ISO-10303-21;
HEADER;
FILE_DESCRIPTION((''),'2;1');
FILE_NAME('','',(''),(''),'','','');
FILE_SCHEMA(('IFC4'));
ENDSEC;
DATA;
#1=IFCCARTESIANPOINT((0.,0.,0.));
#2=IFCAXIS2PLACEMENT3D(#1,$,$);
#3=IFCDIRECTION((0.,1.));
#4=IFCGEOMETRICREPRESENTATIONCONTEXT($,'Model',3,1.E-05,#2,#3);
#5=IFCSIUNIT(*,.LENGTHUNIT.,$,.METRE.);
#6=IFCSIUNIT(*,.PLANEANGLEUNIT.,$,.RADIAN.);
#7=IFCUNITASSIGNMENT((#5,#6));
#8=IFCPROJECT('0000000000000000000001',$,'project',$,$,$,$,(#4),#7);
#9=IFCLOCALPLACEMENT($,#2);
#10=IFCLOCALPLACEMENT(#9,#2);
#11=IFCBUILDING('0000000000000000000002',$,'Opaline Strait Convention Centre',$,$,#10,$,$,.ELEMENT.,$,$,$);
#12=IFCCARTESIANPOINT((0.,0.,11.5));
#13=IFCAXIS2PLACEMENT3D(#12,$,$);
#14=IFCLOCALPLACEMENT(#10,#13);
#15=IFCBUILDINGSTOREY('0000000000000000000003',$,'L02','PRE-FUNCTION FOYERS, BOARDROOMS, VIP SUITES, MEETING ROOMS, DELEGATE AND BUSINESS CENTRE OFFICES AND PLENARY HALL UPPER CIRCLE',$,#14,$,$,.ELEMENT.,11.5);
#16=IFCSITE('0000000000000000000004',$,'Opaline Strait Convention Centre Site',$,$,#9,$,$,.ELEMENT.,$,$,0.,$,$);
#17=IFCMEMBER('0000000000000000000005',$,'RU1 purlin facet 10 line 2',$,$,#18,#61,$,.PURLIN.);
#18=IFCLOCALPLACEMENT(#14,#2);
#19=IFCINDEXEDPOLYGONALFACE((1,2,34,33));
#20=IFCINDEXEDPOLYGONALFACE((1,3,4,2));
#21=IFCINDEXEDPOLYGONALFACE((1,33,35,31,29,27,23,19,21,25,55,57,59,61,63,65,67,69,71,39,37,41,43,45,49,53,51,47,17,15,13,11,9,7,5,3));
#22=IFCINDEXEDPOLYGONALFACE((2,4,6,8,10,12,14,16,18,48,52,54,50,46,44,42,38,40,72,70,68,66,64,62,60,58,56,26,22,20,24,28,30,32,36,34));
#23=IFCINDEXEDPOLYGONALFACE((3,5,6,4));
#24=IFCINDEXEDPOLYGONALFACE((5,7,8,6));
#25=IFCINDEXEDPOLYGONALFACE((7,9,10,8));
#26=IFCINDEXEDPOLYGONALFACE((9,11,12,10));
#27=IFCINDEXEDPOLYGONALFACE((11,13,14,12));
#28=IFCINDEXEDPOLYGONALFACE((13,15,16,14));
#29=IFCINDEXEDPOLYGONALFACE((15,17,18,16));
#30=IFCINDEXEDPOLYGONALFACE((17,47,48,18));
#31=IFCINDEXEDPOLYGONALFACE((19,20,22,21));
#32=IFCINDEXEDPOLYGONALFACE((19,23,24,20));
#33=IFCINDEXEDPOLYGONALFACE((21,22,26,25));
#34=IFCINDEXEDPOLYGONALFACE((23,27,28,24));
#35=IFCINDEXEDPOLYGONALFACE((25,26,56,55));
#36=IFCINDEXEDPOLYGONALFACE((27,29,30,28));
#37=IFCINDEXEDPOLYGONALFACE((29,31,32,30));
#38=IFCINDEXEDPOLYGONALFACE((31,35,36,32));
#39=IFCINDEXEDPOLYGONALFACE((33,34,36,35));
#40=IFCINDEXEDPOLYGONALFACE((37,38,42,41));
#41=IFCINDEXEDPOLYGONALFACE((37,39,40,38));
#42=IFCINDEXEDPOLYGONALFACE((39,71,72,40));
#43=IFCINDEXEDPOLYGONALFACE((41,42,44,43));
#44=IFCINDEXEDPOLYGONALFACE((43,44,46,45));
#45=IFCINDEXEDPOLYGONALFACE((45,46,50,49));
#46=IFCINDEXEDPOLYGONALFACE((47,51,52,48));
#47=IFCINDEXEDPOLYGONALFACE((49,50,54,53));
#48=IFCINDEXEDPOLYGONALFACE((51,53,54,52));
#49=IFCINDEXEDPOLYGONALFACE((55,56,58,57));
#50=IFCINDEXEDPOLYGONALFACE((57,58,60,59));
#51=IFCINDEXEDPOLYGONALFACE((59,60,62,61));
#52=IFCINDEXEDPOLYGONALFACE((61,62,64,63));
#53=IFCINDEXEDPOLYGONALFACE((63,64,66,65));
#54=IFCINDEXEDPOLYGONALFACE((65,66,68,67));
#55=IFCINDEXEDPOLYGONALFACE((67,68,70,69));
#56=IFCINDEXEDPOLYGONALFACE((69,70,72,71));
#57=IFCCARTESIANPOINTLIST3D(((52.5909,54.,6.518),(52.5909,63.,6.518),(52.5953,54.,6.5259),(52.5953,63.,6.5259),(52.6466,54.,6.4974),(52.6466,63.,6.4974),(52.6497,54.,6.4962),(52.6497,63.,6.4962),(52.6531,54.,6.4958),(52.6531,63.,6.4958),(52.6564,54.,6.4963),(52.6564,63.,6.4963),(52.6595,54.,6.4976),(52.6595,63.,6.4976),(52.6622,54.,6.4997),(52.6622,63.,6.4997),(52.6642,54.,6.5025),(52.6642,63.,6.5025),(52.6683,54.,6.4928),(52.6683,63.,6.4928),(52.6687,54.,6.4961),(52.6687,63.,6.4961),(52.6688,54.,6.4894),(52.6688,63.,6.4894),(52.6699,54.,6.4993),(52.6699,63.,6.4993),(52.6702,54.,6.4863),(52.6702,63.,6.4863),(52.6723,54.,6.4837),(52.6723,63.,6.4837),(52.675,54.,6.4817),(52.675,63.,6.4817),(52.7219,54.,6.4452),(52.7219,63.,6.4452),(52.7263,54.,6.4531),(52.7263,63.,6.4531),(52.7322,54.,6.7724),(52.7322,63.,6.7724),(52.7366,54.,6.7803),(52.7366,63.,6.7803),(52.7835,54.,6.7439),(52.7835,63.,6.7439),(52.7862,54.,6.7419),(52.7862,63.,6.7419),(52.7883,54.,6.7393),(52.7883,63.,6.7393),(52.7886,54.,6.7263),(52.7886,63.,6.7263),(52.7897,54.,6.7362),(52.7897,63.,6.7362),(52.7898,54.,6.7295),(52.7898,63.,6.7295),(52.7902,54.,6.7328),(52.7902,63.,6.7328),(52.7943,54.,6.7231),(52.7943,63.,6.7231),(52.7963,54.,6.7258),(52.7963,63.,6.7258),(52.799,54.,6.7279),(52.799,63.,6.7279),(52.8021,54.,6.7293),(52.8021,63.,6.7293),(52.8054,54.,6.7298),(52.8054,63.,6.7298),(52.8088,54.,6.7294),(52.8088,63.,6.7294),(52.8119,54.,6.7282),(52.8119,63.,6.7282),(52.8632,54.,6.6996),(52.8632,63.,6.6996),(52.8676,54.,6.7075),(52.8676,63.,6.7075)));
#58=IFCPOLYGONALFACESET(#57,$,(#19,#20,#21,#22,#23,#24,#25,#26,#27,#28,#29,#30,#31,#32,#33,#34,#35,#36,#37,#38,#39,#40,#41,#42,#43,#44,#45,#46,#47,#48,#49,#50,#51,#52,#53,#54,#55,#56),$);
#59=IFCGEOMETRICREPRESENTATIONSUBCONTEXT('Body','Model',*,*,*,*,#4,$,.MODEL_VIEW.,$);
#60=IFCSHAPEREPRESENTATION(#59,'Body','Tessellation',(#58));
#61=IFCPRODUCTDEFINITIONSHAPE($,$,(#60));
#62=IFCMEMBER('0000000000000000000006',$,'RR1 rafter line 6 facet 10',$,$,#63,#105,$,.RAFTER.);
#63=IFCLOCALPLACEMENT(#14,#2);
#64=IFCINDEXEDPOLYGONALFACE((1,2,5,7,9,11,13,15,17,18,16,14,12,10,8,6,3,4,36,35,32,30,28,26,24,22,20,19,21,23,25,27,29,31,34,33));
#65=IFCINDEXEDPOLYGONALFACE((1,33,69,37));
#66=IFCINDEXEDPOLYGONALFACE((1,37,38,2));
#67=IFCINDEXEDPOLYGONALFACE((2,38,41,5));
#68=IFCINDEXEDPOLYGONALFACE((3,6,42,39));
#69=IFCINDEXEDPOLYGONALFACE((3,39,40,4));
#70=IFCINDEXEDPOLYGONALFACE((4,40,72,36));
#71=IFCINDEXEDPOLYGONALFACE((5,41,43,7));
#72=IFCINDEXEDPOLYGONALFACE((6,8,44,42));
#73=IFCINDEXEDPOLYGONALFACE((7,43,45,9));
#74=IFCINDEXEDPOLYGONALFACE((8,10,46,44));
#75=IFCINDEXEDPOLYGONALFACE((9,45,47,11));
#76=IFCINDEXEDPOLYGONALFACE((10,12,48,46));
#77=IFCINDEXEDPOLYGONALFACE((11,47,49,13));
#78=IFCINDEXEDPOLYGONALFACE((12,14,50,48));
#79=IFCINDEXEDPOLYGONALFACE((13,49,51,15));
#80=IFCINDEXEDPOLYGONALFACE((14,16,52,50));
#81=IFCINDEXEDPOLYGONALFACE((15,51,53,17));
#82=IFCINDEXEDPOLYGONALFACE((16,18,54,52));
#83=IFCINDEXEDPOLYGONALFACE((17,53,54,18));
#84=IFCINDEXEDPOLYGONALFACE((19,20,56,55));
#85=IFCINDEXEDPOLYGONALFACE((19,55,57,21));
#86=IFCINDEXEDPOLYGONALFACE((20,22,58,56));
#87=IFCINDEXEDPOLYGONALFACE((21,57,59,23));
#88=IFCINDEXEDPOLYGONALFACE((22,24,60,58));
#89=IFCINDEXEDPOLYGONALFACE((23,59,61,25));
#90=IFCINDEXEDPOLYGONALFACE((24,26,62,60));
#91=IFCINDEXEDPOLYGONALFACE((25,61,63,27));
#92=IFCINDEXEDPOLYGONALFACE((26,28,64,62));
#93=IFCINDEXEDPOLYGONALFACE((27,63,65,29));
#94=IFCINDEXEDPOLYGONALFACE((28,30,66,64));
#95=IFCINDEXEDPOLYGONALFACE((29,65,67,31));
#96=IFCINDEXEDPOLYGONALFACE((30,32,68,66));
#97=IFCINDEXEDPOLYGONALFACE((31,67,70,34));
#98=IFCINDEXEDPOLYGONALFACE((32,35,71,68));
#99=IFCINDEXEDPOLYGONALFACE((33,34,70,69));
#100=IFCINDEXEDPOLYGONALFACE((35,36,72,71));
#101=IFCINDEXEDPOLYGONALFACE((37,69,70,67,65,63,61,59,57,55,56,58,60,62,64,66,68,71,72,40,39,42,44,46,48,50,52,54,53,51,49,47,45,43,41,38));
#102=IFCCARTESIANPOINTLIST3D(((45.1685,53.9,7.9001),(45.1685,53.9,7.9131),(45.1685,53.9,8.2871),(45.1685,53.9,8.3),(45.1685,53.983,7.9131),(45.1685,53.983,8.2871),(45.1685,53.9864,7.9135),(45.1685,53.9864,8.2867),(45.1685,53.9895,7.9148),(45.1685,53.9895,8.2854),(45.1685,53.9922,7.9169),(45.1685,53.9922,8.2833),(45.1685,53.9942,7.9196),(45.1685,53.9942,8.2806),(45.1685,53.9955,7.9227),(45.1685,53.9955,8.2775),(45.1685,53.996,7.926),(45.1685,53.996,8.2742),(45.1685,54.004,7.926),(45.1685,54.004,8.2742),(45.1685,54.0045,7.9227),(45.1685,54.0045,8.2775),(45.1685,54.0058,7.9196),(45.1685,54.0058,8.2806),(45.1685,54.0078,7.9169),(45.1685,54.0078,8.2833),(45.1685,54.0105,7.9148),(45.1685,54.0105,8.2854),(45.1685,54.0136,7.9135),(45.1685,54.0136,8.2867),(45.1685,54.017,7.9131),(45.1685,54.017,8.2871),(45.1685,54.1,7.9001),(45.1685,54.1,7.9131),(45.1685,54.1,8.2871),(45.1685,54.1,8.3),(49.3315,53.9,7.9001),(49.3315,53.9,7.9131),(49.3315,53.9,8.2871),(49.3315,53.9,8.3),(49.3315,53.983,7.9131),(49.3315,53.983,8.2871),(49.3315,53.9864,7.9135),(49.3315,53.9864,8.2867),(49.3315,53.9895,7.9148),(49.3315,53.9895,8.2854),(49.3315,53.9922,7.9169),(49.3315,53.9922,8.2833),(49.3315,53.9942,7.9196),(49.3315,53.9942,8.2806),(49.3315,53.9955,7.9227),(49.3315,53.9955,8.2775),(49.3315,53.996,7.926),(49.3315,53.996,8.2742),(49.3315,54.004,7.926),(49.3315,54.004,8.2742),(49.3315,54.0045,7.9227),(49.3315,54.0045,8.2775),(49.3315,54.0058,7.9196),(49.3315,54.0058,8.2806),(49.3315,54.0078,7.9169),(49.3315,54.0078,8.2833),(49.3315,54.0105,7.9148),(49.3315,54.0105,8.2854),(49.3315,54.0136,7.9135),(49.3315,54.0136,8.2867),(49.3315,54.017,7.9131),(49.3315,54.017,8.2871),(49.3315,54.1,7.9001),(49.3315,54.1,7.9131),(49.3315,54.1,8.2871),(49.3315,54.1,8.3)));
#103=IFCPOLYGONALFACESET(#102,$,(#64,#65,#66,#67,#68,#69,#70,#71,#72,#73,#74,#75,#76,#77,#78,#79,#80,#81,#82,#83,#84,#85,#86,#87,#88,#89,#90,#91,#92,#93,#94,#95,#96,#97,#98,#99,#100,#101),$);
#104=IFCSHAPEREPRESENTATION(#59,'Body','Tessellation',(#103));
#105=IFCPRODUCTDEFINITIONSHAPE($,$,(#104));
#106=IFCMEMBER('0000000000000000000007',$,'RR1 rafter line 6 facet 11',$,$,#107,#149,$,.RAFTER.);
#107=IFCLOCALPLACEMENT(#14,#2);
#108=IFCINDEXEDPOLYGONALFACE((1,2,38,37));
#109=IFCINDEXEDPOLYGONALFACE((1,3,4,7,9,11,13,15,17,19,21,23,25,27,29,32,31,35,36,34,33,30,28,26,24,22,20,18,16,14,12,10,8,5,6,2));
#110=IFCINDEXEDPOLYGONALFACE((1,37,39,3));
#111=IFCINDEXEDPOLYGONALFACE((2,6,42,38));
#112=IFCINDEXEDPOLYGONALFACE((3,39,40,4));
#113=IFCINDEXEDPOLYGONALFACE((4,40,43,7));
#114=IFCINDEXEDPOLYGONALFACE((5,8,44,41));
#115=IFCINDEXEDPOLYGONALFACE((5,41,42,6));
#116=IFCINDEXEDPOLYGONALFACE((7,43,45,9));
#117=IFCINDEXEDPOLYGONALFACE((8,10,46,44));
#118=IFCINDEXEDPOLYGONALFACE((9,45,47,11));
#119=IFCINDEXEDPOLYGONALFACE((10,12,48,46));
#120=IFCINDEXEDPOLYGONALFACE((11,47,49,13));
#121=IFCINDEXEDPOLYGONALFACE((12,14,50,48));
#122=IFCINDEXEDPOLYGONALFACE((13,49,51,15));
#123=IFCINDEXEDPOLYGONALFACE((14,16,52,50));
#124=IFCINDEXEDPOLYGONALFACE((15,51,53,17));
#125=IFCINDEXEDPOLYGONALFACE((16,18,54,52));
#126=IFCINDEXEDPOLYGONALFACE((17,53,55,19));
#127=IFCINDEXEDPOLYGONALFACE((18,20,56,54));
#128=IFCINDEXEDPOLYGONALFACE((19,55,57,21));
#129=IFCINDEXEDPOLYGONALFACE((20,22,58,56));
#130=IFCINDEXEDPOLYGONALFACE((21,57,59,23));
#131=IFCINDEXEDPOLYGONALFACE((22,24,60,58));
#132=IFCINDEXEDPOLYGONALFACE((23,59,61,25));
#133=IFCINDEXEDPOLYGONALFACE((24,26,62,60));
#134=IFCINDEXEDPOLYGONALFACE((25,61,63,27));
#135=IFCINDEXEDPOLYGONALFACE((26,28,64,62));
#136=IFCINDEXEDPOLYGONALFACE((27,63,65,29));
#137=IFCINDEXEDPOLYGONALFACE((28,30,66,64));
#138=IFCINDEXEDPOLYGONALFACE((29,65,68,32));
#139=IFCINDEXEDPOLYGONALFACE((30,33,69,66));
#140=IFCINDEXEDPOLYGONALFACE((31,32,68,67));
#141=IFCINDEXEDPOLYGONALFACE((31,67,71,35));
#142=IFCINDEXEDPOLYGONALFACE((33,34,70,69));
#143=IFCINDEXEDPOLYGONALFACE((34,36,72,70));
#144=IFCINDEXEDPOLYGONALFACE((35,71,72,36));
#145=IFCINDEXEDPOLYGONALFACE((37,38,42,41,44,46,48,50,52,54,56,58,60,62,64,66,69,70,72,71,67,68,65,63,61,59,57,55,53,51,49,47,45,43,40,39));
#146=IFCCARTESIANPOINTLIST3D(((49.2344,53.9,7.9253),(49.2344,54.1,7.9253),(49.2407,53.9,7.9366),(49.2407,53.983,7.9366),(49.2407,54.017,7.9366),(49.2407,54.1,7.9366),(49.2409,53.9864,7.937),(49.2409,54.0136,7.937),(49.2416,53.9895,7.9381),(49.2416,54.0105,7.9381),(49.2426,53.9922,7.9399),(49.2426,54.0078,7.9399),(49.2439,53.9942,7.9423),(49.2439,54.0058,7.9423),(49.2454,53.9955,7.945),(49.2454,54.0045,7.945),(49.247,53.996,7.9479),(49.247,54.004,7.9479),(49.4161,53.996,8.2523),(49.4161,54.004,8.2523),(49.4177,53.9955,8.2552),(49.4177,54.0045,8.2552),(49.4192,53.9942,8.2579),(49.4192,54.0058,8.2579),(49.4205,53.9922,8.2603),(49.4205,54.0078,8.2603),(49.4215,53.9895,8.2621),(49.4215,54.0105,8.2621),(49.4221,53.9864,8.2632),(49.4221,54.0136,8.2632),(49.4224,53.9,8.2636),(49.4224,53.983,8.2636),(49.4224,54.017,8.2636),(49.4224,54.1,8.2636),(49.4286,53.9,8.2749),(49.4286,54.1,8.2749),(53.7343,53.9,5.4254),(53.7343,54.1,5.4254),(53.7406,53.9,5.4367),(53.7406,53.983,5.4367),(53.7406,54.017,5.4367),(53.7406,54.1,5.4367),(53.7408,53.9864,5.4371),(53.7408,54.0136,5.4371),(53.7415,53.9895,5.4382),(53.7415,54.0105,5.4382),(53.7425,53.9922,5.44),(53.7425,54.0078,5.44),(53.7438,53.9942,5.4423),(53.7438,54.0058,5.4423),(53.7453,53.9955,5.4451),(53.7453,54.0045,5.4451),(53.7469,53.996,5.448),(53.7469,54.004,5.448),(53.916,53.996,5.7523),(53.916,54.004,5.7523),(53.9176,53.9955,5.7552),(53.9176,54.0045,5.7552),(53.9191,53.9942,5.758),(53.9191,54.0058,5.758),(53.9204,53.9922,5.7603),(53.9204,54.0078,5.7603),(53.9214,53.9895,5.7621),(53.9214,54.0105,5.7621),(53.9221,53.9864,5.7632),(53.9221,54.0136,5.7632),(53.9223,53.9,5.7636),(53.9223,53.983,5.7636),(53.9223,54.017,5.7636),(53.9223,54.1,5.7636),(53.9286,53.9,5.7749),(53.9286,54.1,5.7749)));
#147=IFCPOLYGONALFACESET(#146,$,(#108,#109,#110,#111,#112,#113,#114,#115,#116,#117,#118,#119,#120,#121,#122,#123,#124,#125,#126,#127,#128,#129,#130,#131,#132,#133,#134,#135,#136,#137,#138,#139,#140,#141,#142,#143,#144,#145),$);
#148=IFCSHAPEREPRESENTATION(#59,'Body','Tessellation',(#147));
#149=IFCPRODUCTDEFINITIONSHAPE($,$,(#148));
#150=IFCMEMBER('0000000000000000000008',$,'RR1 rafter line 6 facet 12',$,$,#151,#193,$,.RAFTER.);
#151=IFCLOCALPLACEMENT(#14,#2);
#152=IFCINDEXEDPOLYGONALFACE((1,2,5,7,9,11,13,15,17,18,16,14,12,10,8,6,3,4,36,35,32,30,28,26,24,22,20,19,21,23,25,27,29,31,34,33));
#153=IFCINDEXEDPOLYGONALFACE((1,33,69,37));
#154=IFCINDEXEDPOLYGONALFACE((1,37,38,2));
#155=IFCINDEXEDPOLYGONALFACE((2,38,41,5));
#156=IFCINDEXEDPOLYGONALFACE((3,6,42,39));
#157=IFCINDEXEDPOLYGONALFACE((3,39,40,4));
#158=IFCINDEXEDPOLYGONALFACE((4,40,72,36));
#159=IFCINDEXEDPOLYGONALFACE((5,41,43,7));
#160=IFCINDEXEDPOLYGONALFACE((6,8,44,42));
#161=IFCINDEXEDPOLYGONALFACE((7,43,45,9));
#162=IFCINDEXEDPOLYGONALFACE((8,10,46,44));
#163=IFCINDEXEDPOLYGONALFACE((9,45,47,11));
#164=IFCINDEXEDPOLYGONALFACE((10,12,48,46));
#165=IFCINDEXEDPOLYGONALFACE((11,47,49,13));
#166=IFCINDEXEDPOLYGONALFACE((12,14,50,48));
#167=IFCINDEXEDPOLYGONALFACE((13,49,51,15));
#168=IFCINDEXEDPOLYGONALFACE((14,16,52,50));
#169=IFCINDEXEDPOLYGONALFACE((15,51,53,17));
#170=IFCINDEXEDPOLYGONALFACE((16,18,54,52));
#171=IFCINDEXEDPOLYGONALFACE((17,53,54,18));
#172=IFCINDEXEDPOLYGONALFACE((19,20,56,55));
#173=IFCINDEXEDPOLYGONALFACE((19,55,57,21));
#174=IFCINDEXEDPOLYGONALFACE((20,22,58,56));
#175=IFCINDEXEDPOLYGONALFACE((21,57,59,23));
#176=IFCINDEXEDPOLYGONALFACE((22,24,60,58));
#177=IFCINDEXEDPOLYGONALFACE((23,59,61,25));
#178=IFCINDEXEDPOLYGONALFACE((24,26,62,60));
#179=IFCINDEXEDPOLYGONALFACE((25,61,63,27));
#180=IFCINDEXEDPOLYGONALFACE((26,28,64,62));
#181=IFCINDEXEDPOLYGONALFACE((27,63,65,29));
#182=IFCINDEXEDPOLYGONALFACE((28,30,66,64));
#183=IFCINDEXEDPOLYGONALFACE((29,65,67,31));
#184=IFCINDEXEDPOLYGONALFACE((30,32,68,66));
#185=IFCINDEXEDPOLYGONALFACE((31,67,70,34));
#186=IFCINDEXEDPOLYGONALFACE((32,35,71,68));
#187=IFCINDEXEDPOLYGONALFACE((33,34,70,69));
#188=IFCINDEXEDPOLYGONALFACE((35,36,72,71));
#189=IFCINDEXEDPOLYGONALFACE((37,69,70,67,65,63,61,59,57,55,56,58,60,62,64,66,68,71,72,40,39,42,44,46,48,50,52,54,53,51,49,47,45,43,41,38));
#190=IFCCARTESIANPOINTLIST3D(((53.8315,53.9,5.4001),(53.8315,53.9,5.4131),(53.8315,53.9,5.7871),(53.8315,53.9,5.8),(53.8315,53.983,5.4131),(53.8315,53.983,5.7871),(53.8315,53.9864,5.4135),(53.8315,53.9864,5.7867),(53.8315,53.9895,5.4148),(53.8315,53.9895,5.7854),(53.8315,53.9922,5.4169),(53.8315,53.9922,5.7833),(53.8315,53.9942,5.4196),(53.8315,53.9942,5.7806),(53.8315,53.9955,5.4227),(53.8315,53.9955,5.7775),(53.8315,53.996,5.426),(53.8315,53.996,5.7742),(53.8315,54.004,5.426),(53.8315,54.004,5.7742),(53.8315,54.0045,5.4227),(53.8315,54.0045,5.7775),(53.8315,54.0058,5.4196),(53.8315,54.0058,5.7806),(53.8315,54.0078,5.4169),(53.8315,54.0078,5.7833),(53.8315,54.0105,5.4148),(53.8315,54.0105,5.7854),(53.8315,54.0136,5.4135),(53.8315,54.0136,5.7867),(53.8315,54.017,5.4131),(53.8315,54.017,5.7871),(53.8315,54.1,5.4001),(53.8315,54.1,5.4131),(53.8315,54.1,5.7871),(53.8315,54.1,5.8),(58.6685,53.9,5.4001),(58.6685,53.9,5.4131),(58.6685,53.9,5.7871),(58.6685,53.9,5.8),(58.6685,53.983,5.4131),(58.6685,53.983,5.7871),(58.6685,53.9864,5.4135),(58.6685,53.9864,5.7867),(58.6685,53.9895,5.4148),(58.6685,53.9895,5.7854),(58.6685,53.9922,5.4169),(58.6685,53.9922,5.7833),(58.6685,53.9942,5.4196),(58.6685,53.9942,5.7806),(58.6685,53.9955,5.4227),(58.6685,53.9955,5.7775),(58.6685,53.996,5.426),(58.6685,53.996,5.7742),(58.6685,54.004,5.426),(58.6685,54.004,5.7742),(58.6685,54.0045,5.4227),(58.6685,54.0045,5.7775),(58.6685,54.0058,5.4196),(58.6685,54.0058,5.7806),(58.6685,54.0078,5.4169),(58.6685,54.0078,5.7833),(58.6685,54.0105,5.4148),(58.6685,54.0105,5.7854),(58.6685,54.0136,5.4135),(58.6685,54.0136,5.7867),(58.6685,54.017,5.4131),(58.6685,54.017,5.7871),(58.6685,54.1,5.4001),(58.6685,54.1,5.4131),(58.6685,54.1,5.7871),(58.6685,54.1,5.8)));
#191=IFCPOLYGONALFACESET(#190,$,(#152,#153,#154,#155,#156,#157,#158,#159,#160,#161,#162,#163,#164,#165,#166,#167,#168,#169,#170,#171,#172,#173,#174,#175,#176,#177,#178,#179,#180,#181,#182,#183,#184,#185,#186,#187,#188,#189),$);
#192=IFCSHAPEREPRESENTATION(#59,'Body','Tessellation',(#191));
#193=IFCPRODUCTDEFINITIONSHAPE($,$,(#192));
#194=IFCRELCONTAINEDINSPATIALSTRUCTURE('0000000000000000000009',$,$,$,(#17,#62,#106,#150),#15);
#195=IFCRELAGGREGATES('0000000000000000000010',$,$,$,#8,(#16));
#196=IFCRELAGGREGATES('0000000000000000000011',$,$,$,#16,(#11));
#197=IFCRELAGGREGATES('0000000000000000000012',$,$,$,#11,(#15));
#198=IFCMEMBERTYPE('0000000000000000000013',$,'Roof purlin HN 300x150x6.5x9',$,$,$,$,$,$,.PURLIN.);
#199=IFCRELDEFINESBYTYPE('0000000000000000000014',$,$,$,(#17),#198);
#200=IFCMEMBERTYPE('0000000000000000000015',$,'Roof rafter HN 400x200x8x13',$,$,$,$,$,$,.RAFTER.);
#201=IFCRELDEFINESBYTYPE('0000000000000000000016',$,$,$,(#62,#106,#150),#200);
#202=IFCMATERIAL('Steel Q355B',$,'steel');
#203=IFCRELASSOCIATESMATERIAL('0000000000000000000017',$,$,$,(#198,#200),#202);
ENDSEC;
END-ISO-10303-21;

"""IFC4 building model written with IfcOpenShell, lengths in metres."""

from ifc_helpers import new_model, si_unit, direction, frame, origin, origin_2d, place, context, subcontext, project, spatial, i_section, extrude, material, material_profile, profile_set, type_object, element, save


model = new_model("IFC4")

# Units and contexts
model_context = context("Model", 3, precision=1e-05, world=origin(), true_north=direction((0.0, 1.0)))
body_context = subcontext(model_context, "Body", "Model", "MODEL_VIEW")
ifc_project = project(units=[si_unit("LENGTHUNIT", "METRE"), si_unit("PLANEANGLEUNIT", "RADIAN")], contexts=[model_context])

# Site, building, storey
site_placement = place(None, origin())
site = spatial("IfcSite", under=ifc_project, at=site_placement, Name="Opaline Strait Convention Centre Site", CompositionType="ELEMENT", RefElevation=0.0)
building_placement = place(site_placement, origin())
building = spatial("IfcBuilding", under=site, at=building_placement, Name="Opaline Strait Convention Centre", CompositionType="ELEMENT")
storey_placement = place(building_placement, frame((0.0, 0.0, 11.5)))
storey = spatial("IfcBuildingStorey", under=building, at=storey_placement, Name="L02", Description="PRE-FUNCTION FOYERS, BOARDROOMS, VIP SUITES, MEETING ROOMS, DELEGATE AND BUSINESS CENTRE OFFICES AND PLENARY HALL UPPER CIRCLE", CompositionType="ELEMENT", Elevation=11.5)

# Shared definitions
ifc_material_1 = material(Name="Steel Q355B", Category="steel")

# Members
ifc_material_profile_1 = material_profile(ifc_material_1, i_section(OverallWidth=0.1499, OverallDepth=0.3, WebThickness=0.0066, FlangeThickness=0.009, FilletRadius=0.0129, at=origin_2d()), Name="HN 300x150x6.5x9")
ifc_profile_set_1 = profile_set([ifc_material_profile_1], Name="Steel Q355B")
member_type_1 = type_object("IfcMemberType", Name="Roof purlin HN 300x150x6.5x9", PredefinedType="PURLIN", material=ifc_profile_set_1)
for number, where, z_axis, x_axis, name in (
    (1, (52.7292, 54.0, 6.6128), (0.0, 1.0, 0.0), (-0.874157, 0.0, 0.485643), "RU1 purlin facet 10 line 2"),
):
    element("IfcMember", number, at=place(storey_placement, frame(where, z_axis=z_axis, x_axis=x_axis)), inside=storey, type_object=member_type_1, Name=name, PredefinedType="PURLIN", context=body_context, shape_type="SweptSolid", body=[
        extrude(i_section(OverallWidth=0.1499, OverallDepth=0.3, WebThickness=0.0066, FlangeThickness=0.009, FilletRadius=0.0129, at=origin_2d()), origin(), (0.0, 0.0, 1.0), 9.0),
    ])
ifc_material_profile_2 = material_profile(ifc_material_1, i_section(OverallWidth=0.2, OverallDepth=0.3999, WebThickness=0.0081, FlangeThickness=0.0129, FilletRadius=0.0129, at=origin_2d()), Name="HN 400x200x8x13")
ifc_profile_set_2 = profile_set([ifc_material_profile_2], Name="Steel Q355B")
member_type_2 = type_object("IfcMemberType", Name="Roof rafter HN 400x200x8x13", PredefinedType="RAFTER", material=ifc_profile_set_2)
member_1_placement = place(storey_placement, frame((45.1685, 54.0, 8.1001), z_axis=(1.0, 0.0, 0.0), x_axis=(0.0, 1.0, 0.0)))
element("IfcMember", 2, at=member_1_placement, inside=storey, type_object=member_type_2, Name="RR1 rafter line 6 facet 10", PredefinedType="RAFTER", context=body_context, shape_type="SweptSolid", body=[
    extrude(i_section(OverallWidth=0.2, OverallDepth=0.3999, WebThickness=0.0081, FlangeThickness=0.0129, FilletRadius=0.0129, at=origin_2d()), origin(), (0.0, 0.0, 1.0), 4.1631),
])
member_2_placement = place(storey_placement, frame((49.3315, 54.0, 8.1001), z_axis=(0.874157, 0.0, -0.485643), x_axis=(0.0, 1.0, 0.0)))
element("IfcMember", 3, at=member_2_placement, inside=storey, type_object=member_type_2, Name="RR1 rafter line 6 facet 11", PredefinedType="RAFTER", context=body_context, shape_type="SweptSolid", body=[
    extrude(i_section(OverallWidth=0.2, OverallDepth=0.3999, WebThickness=0.0081, FlangeThickness=0.0129, FilletRadius=0.0129, at=origin_2d()), origin(), (0.0, 0.0, 1.0), 5.1477),
])
member_3_placement = place(storey_placement, frame((53.8315, 54.0, 5.6001), z_axis=(1.0, 0.0, 0.0), x_axis=(0.0, 1.0, 0.0)))
element("IfcMember", 4, at=member_3_placement, inside=storey, type_object=member_type_2, Name="RR1 rafter line 6 facet 12", PredefinedType="RAFTER", context=body_context, shape_type="SweptSolid", body=[
    extrude(i_section(OverallWidth=0.2, OverallDepth=0.3999, WebThickness=0.0081, FlangeThickness=0.0129, FilletRadius=0.0129, at=origin_2d()), origin(), (0.0, 0.0, 1.0), 4.8369),
])

save(model, "model.ifc")
